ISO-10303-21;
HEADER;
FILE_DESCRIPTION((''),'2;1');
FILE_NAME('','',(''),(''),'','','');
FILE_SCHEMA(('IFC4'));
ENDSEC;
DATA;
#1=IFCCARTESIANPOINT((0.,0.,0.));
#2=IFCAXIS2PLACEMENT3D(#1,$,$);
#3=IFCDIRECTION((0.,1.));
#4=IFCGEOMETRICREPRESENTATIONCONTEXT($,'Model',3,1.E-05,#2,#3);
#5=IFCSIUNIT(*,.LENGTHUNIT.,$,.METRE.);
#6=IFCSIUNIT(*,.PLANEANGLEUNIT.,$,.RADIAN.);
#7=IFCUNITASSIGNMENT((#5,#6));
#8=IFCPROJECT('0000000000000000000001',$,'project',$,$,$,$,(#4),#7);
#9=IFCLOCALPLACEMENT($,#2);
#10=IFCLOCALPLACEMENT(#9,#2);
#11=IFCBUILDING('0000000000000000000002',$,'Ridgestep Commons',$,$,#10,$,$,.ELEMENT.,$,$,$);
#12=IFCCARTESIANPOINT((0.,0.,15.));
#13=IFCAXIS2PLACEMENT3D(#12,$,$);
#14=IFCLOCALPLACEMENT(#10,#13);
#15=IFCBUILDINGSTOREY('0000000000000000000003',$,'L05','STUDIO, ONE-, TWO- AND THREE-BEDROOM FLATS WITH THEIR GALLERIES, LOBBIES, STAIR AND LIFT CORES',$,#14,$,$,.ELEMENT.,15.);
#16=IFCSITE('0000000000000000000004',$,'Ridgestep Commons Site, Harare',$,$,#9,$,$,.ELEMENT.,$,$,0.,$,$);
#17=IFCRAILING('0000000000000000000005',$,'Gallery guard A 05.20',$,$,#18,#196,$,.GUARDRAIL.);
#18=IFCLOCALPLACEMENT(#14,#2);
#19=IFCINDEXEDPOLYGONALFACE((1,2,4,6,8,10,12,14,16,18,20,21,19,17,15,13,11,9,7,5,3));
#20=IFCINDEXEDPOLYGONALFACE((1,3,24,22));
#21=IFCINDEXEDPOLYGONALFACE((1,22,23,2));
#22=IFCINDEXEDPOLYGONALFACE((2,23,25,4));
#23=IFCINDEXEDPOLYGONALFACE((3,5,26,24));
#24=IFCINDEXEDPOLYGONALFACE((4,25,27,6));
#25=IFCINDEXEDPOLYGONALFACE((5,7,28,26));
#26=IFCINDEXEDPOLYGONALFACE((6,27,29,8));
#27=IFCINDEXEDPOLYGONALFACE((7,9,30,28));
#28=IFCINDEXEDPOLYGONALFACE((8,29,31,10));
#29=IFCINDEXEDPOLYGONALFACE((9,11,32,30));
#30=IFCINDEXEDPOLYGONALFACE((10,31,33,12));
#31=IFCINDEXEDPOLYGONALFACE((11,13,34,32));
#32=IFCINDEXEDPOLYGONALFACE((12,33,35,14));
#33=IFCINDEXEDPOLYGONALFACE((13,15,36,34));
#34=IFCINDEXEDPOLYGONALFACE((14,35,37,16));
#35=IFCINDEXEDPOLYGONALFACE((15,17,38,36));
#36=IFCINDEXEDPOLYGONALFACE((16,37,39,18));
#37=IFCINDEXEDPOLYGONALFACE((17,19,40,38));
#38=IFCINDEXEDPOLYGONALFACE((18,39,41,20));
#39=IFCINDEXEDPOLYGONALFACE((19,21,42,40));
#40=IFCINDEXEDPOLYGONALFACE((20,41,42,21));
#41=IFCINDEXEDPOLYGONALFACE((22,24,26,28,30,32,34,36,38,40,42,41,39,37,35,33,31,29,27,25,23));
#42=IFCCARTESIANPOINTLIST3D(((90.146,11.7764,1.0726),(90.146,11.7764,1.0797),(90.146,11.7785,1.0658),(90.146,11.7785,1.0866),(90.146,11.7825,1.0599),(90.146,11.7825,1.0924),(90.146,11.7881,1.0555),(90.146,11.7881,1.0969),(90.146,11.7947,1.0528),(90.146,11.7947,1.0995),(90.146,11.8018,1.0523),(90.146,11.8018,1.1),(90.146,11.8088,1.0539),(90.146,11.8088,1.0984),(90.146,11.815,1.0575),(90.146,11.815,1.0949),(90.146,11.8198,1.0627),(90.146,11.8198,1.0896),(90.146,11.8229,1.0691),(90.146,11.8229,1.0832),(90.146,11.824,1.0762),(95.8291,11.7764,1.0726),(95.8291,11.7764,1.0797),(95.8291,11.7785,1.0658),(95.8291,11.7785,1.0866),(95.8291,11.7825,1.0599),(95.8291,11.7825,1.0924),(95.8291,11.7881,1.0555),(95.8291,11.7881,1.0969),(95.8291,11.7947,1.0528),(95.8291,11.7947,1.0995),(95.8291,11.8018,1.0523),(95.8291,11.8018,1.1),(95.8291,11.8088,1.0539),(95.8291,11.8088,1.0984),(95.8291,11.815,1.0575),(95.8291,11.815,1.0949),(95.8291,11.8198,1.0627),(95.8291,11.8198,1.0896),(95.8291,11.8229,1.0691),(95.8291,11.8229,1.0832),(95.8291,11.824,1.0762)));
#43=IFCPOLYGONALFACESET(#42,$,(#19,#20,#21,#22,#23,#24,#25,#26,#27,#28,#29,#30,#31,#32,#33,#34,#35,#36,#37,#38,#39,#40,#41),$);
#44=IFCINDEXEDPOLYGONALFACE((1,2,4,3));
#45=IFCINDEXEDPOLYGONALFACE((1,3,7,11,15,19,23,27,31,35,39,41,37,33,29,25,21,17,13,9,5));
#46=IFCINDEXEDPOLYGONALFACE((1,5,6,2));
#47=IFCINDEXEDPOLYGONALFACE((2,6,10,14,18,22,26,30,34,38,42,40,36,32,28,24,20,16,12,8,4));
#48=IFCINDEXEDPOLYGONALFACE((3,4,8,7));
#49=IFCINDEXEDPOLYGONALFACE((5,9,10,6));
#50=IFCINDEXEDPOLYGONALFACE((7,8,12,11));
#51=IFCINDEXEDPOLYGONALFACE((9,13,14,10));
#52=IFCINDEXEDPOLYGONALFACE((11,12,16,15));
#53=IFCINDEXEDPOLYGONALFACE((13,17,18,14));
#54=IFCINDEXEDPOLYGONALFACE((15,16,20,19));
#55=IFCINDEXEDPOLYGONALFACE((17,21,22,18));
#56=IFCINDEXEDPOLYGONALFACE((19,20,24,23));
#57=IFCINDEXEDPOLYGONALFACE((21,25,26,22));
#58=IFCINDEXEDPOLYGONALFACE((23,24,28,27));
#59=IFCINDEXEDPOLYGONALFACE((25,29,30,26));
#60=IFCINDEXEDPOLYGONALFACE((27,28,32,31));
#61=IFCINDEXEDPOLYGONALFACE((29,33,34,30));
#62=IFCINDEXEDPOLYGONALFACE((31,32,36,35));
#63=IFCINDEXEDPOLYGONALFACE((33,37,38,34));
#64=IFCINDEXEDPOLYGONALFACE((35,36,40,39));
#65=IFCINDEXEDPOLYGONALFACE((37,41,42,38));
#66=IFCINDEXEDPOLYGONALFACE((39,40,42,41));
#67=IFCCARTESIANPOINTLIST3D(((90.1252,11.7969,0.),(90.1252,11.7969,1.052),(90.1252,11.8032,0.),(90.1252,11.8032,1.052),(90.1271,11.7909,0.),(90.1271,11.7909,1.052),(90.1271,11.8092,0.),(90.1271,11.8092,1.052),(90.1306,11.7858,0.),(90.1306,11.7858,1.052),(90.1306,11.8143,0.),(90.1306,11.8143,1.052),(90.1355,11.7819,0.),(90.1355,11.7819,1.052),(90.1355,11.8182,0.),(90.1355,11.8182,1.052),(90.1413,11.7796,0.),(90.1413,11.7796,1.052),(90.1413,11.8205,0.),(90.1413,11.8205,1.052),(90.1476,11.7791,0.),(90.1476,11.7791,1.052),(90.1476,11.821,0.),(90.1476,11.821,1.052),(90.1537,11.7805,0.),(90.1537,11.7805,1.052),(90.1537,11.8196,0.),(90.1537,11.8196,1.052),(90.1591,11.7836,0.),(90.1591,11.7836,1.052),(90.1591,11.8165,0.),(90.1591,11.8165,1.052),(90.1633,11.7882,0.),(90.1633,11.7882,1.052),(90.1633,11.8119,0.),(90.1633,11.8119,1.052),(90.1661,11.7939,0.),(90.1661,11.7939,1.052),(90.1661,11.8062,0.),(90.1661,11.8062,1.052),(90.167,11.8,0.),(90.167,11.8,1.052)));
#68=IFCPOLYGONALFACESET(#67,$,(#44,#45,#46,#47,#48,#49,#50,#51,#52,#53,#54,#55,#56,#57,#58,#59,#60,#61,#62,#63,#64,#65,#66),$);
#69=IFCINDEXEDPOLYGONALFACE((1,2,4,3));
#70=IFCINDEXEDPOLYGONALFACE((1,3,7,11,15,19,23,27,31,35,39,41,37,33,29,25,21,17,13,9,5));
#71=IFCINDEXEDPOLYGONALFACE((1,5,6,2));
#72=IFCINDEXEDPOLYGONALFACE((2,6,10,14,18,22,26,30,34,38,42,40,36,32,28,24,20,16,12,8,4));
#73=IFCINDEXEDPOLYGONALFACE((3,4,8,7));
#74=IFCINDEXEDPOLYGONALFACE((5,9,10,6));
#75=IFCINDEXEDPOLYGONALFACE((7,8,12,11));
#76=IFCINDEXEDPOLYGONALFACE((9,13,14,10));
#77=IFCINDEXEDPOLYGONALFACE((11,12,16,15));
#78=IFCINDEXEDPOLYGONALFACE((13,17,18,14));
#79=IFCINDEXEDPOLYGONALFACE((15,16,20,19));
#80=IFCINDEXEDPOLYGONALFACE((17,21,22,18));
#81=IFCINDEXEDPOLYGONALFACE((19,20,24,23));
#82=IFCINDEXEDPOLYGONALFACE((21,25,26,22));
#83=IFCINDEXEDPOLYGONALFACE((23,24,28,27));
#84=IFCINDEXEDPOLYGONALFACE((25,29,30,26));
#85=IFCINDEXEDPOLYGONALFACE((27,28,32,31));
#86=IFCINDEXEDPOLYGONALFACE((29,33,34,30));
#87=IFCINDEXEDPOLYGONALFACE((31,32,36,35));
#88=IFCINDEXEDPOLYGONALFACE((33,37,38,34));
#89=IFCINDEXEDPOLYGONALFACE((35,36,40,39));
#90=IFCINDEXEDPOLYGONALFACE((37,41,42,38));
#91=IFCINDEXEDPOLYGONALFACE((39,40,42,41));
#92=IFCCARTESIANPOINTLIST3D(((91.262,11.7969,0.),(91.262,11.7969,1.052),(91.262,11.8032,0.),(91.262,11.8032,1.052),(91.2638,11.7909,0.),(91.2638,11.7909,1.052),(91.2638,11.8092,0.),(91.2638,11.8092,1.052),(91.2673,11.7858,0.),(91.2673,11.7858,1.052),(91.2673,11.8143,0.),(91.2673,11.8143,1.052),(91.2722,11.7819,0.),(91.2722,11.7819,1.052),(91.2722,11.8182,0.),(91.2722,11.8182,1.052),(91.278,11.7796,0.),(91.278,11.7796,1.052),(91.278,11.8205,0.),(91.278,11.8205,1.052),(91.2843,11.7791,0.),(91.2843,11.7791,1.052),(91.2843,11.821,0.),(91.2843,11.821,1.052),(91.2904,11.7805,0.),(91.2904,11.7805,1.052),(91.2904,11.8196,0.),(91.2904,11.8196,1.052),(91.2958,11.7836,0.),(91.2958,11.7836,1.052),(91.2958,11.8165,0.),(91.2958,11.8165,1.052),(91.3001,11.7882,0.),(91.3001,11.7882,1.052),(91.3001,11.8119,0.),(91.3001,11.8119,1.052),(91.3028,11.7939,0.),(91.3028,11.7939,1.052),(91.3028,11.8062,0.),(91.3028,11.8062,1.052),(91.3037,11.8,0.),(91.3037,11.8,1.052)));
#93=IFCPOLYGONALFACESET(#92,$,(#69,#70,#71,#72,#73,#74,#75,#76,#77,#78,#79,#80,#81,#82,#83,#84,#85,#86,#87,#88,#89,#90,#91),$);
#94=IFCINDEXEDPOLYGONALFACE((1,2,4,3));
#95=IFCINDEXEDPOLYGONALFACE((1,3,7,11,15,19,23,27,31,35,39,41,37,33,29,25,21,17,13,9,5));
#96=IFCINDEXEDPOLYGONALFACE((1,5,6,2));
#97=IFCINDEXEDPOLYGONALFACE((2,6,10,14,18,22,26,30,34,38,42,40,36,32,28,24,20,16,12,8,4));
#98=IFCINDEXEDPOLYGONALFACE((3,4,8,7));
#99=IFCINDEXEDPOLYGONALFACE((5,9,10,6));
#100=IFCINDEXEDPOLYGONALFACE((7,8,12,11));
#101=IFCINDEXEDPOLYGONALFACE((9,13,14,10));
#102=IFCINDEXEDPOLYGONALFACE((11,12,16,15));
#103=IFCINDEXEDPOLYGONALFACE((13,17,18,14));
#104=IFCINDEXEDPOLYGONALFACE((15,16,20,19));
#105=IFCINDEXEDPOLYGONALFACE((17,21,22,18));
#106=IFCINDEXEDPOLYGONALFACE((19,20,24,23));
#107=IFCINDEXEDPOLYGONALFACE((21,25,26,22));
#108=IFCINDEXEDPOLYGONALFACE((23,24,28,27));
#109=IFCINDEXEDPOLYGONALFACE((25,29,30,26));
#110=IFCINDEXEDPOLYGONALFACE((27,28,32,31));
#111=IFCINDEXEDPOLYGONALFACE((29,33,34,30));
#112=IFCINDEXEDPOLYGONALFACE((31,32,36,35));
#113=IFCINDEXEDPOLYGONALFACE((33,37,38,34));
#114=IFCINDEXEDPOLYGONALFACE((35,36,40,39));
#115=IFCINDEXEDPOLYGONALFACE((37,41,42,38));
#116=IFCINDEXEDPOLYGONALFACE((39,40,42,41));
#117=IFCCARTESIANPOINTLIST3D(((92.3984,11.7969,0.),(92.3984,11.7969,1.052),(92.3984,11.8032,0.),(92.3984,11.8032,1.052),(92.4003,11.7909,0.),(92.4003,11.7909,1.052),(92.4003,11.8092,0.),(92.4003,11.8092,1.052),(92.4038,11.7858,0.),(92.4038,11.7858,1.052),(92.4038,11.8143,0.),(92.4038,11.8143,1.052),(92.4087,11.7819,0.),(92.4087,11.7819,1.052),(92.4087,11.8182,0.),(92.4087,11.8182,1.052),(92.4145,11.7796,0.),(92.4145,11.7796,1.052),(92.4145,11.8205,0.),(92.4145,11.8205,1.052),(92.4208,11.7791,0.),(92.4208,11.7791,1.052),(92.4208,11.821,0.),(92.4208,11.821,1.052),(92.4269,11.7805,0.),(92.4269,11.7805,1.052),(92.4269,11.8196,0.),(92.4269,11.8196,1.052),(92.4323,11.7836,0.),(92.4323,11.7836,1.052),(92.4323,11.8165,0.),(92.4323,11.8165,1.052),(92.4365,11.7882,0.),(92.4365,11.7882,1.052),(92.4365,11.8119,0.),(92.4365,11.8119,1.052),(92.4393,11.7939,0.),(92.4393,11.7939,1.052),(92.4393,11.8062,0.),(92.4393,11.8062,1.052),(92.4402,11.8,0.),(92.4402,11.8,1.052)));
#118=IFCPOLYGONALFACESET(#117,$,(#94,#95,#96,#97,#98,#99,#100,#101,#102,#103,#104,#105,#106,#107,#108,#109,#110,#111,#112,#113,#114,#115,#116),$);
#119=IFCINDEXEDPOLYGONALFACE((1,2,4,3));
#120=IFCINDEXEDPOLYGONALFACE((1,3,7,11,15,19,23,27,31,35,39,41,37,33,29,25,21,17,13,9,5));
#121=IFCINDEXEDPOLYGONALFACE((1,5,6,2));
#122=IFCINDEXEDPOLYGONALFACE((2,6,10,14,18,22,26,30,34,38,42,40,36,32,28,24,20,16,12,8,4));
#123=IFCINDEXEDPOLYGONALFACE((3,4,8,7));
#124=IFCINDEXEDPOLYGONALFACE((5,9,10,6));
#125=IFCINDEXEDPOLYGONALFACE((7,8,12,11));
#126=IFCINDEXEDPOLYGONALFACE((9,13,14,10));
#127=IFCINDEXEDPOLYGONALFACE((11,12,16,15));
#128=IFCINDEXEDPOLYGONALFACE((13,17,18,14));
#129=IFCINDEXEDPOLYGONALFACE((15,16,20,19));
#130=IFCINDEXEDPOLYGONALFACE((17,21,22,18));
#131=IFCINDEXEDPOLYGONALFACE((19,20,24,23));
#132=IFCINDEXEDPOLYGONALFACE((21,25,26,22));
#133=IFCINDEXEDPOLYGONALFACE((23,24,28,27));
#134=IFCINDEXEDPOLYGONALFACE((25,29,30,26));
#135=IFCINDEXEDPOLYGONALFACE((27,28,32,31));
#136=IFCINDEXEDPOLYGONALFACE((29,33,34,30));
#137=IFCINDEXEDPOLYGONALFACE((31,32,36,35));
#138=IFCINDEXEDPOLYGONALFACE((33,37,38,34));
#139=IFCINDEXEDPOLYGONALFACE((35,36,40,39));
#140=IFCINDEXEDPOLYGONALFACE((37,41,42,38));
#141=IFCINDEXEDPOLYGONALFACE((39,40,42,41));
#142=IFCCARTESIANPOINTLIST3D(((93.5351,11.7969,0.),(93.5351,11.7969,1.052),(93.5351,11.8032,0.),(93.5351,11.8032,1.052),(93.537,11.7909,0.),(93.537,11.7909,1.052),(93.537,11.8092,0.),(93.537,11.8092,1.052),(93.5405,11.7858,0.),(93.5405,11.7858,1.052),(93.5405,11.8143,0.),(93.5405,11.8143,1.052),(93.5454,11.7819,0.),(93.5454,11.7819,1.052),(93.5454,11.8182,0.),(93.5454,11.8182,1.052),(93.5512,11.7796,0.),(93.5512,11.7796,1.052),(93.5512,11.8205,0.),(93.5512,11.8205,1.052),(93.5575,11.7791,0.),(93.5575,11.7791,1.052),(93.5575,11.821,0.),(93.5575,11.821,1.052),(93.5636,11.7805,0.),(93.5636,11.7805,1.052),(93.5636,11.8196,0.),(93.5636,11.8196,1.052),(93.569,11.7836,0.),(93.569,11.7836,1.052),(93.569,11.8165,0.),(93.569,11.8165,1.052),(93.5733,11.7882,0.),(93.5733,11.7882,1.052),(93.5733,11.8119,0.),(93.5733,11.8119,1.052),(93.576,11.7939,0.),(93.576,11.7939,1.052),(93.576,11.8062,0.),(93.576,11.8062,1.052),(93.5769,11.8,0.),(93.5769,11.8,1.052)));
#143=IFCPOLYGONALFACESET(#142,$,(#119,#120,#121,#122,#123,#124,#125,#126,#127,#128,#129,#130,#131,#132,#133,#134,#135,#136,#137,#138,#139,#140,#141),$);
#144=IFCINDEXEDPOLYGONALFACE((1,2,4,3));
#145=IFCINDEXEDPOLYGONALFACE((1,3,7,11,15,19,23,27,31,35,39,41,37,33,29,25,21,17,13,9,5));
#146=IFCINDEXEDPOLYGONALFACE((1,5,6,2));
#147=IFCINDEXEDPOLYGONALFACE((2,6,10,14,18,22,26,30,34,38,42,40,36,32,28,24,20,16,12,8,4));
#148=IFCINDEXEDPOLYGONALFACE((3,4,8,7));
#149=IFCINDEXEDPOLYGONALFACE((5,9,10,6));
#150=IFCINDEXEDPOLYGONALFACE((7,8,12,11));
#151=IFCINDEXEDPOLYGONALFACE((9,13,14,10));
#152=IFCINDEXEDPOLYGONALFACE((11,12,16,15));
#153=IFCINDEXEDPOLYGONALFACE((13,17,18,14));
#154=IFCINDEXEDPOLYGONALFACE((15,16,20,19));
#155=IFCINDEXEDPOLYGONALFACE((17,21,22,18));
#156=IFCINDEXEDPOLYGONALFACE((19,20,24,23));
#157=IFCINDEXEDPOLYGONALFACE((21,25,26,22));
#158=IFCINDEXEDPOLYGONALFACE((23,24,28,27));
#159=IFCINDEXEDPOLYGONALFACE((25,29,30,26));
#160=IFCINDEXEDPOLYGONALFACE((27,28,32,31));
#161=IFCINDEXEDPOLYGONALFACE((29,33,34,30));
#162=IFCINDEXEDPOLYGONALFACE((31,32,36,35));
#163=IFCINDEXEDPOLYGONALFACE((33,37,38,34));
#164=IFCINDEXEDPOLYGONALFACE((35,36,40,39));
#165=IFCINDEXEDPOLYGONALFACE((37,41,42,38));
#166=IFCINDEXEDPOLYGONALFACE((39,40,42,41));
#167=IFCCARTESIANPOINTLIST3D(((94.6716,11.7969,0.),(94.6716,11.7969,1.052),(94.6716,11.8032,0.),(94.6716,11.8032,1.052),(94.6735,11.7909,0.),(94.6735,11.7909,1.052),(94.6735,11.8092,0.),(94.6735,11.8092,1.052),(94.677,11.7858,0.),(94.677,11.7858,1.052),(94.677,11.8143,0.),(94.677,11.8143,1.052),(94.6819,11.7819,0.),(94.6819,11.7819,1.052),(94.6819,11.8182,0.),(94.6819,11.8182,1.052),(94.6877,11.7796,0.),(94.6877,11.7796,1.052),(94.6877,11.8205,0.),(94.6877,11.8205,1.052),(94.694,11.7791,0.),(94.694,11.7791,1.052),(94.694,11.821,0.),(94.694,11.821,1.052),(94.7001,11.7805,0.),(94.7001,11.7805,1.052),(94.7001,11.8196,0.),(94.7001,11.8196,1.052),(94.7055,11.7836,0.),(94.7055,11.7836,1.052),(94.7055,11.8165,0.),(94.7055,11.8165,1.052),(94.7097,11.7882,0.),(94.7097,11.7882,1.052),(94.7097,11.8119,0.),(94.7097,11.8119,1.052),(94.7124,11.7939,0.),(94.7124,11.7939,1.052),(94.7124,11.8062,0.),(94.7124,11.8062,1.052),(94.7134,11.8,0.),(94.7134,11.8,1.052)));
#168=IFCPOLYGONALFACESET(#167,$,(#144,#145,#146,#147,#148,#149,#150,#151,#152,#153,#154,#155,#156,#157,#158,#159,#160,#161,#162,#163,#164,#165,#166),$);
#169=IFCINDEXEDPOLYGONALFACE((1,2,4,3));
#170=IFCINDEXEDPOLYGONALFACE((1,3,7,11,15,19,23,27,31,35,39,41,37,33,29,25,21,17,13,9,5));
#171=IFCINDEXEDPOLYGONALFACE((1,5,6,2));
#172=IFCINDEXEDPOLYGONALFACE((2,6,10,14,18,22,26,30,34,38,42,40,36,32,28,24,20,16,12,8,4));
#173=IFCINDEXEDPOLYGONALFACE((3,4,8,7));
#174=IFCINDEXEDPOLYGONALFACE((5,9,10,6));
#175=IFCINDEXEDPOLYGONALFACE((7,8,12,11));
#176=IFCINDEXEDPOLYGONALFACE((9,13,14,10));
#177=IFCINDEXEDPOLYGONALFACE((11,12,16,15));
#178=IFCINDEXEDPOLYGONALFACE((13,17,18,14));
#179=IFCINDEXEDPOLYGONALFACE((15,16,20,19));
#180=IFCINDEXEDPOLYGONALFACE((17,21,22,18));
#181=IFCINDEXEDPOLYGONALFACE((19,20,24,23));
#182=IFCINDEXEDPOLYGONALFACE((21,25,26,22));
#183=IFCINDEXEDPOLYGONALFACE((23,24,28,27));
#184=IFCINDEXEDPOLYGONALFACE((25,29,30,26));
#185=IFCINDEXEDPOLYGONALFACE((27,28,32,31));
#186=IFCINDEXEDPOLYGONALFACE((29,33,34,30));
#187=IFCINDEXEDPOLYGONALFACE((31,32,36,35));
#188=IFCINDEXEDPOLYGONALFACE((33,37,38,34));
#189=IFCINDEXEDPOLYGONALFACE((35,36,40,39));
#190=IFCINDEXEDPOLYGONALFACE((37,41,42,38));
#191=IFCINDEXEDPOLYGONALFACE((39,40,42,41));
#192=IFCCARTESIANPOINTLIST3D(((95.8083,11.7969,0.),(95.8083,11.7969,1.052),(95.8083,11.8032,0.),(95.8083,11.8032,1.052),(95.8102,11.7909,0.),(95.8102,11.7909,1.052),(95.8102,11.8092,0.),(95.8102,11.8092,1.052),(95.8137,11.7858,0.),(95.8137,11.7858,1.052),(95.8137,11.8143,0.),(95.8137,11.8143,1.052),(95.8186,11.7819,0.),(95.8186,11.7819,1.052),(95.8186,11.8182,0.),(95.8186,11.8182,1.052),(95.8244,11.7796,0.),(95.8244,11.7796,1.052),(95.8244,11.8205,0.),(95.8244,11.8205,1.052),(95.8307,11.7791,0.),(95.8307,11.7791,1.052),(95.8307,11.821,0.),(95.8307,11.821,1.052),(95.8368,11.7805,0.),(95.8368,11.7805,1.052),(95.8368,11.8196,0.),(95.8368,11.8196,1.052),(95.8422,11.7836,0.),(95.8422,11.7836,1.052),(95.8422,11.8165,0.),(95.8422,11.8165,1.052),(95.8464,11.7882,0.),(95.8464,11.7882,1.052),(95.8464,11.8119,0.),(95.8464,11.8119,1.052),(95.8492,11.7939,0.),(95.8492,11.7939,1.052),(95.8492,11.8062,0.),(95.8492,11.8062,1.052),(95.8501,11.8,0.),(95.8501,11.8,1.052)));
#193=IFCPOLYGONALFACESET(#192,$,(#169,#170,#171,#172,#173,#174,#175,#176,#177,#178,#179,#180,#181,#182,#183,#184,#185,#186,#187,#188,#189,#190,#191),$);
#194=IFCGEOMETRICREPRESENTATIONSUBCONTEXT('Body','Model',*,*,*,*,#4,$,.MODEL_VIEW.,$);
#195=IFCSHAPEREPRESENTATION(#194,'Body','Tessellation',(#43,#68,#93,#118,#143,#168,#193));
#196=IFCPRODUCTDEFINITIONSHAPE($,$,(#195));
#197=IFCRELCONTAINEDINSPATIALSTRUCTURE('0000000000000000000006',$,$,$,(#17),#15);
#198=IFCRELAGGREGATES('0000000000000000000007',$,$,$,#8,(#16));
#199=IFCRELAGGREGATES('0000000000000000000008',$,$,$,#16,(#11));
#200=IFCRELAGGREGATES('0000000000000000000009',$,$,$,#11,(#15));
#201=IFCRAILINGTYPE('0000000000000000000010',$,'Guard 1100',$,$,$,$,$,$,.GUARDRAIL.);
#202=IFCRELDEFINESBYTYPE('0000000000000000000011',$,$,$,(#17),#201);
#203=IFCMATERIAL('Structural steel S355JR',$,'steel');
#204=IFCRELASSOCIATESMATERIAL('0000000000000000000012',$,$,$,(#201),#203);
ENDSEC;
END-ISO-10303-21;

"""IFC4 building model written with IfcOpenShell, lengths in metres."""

from ifc_helpers import new_model, si_unit, direction, frame, origin, origin_2d, place, context, subcontext, project, spatial, circle, extrude, material, type_object, element, save


model = new_model("IFC4")

# Units and contexts
model_context = context("Model", 3, precision=1e-05, world=origin(), true_north=direction((0.0, 1.0)))
body_context = subcontext(model_context, "Body", "Model", "MODEL_VIEW")
ifc_project = project(units=[si_unit("LENGTHUNIT", "METRE"), si_unit("PLANEANGLEUNIT", "RADIAN")], contexts=[model_context])

# Site, building, storey
site_placement = place(None, origin())
site = spatial("IfcSite", under=ifc_project, at=site_placement, Name="Ridgestep Commons Site, Harare", CompositionType="ELEMENT", RefElevation=0.0)
building_placement = place(site_placement, origin())
building = spatial("IfcBuilding", under=site, at=building_placement, Name="Ridgestep Commons", CompositionType="ELEMENT")
storey_placement = place(building_placement, frame((0.0, 0.0, 15.0)))
storey = spatial("IfcBuildingStorey", under=building, at=storey_placement, Name="L05", Description="STUDIO, ONE-, TWO- AND THREE-BEDROOM FLATS WITH THEIR GALLERIES, LOBBIES, STAIR AND LIFT CORES", CompositionType="ELEMENT", Elevation=15.0)

# Railing
ifc_material_1 = material(Name="Structural steel S355JR", Category="steel")
railing_type_1 = type_object("IfcRailingType", Name="Guard 1100", PredefinedType="GUARDRAIL", material=ifc_material_1)
railing_1_placement = place(storey_placement, frame((90.146, 11.8, 0.0)))
element("IfcRailing", 1, at=railing_1_placement, inside=storey, type_object=railing_type_1, Name="Gallery guard A 05.20", PredefinedType="GUARDRAIL", context=body_context, shape_type="SweptSolid", body=[
    extrude(circle(Radius=0.0239, at=origin_2d()), frame((0.0, 0.0, 1.0762), z_axis=(1.0, 0.0, 0.0), x_axis=(0.0, 1.0, 0.0)), (0.0, 0.0, 1.0), 5.6831),
    extrude(circle(Radius=0.021, at=origin_2d()), origin(), (0.0, 0.0, 1.0), 1.052),
    extrude(circle(Radius=0.021, at=origin_2d()), frame((1.1367, 0.0, 0.0)), (0.0, 0.0, 1.0), 1.052),
    extrude(circle(Radius=0.021, at=origin_2d()), frame((2.2732, 0.0, 0.0)), (0.0, 0.0, 1.0), 1.052),
    extrude(circle(Radius=0.021, at=origin_2d()), frame((3.4099, 0.0, 0.0)), (0.0, 0.0, 1.0), 1.052),
    extrude(circle(Radius=0.021, at=origin_2d()), frame((4.5464, 0.0, 0.0)), (0.0, 0.0, 1.0), 1.052),
    extrude(circle(Radius=0.021, at=origin_2d()), frame((5.6831, 0.0, 0.0)), (0.0, 0.0, 1.0), 1.052),
])

save(model, "model.ifc")
